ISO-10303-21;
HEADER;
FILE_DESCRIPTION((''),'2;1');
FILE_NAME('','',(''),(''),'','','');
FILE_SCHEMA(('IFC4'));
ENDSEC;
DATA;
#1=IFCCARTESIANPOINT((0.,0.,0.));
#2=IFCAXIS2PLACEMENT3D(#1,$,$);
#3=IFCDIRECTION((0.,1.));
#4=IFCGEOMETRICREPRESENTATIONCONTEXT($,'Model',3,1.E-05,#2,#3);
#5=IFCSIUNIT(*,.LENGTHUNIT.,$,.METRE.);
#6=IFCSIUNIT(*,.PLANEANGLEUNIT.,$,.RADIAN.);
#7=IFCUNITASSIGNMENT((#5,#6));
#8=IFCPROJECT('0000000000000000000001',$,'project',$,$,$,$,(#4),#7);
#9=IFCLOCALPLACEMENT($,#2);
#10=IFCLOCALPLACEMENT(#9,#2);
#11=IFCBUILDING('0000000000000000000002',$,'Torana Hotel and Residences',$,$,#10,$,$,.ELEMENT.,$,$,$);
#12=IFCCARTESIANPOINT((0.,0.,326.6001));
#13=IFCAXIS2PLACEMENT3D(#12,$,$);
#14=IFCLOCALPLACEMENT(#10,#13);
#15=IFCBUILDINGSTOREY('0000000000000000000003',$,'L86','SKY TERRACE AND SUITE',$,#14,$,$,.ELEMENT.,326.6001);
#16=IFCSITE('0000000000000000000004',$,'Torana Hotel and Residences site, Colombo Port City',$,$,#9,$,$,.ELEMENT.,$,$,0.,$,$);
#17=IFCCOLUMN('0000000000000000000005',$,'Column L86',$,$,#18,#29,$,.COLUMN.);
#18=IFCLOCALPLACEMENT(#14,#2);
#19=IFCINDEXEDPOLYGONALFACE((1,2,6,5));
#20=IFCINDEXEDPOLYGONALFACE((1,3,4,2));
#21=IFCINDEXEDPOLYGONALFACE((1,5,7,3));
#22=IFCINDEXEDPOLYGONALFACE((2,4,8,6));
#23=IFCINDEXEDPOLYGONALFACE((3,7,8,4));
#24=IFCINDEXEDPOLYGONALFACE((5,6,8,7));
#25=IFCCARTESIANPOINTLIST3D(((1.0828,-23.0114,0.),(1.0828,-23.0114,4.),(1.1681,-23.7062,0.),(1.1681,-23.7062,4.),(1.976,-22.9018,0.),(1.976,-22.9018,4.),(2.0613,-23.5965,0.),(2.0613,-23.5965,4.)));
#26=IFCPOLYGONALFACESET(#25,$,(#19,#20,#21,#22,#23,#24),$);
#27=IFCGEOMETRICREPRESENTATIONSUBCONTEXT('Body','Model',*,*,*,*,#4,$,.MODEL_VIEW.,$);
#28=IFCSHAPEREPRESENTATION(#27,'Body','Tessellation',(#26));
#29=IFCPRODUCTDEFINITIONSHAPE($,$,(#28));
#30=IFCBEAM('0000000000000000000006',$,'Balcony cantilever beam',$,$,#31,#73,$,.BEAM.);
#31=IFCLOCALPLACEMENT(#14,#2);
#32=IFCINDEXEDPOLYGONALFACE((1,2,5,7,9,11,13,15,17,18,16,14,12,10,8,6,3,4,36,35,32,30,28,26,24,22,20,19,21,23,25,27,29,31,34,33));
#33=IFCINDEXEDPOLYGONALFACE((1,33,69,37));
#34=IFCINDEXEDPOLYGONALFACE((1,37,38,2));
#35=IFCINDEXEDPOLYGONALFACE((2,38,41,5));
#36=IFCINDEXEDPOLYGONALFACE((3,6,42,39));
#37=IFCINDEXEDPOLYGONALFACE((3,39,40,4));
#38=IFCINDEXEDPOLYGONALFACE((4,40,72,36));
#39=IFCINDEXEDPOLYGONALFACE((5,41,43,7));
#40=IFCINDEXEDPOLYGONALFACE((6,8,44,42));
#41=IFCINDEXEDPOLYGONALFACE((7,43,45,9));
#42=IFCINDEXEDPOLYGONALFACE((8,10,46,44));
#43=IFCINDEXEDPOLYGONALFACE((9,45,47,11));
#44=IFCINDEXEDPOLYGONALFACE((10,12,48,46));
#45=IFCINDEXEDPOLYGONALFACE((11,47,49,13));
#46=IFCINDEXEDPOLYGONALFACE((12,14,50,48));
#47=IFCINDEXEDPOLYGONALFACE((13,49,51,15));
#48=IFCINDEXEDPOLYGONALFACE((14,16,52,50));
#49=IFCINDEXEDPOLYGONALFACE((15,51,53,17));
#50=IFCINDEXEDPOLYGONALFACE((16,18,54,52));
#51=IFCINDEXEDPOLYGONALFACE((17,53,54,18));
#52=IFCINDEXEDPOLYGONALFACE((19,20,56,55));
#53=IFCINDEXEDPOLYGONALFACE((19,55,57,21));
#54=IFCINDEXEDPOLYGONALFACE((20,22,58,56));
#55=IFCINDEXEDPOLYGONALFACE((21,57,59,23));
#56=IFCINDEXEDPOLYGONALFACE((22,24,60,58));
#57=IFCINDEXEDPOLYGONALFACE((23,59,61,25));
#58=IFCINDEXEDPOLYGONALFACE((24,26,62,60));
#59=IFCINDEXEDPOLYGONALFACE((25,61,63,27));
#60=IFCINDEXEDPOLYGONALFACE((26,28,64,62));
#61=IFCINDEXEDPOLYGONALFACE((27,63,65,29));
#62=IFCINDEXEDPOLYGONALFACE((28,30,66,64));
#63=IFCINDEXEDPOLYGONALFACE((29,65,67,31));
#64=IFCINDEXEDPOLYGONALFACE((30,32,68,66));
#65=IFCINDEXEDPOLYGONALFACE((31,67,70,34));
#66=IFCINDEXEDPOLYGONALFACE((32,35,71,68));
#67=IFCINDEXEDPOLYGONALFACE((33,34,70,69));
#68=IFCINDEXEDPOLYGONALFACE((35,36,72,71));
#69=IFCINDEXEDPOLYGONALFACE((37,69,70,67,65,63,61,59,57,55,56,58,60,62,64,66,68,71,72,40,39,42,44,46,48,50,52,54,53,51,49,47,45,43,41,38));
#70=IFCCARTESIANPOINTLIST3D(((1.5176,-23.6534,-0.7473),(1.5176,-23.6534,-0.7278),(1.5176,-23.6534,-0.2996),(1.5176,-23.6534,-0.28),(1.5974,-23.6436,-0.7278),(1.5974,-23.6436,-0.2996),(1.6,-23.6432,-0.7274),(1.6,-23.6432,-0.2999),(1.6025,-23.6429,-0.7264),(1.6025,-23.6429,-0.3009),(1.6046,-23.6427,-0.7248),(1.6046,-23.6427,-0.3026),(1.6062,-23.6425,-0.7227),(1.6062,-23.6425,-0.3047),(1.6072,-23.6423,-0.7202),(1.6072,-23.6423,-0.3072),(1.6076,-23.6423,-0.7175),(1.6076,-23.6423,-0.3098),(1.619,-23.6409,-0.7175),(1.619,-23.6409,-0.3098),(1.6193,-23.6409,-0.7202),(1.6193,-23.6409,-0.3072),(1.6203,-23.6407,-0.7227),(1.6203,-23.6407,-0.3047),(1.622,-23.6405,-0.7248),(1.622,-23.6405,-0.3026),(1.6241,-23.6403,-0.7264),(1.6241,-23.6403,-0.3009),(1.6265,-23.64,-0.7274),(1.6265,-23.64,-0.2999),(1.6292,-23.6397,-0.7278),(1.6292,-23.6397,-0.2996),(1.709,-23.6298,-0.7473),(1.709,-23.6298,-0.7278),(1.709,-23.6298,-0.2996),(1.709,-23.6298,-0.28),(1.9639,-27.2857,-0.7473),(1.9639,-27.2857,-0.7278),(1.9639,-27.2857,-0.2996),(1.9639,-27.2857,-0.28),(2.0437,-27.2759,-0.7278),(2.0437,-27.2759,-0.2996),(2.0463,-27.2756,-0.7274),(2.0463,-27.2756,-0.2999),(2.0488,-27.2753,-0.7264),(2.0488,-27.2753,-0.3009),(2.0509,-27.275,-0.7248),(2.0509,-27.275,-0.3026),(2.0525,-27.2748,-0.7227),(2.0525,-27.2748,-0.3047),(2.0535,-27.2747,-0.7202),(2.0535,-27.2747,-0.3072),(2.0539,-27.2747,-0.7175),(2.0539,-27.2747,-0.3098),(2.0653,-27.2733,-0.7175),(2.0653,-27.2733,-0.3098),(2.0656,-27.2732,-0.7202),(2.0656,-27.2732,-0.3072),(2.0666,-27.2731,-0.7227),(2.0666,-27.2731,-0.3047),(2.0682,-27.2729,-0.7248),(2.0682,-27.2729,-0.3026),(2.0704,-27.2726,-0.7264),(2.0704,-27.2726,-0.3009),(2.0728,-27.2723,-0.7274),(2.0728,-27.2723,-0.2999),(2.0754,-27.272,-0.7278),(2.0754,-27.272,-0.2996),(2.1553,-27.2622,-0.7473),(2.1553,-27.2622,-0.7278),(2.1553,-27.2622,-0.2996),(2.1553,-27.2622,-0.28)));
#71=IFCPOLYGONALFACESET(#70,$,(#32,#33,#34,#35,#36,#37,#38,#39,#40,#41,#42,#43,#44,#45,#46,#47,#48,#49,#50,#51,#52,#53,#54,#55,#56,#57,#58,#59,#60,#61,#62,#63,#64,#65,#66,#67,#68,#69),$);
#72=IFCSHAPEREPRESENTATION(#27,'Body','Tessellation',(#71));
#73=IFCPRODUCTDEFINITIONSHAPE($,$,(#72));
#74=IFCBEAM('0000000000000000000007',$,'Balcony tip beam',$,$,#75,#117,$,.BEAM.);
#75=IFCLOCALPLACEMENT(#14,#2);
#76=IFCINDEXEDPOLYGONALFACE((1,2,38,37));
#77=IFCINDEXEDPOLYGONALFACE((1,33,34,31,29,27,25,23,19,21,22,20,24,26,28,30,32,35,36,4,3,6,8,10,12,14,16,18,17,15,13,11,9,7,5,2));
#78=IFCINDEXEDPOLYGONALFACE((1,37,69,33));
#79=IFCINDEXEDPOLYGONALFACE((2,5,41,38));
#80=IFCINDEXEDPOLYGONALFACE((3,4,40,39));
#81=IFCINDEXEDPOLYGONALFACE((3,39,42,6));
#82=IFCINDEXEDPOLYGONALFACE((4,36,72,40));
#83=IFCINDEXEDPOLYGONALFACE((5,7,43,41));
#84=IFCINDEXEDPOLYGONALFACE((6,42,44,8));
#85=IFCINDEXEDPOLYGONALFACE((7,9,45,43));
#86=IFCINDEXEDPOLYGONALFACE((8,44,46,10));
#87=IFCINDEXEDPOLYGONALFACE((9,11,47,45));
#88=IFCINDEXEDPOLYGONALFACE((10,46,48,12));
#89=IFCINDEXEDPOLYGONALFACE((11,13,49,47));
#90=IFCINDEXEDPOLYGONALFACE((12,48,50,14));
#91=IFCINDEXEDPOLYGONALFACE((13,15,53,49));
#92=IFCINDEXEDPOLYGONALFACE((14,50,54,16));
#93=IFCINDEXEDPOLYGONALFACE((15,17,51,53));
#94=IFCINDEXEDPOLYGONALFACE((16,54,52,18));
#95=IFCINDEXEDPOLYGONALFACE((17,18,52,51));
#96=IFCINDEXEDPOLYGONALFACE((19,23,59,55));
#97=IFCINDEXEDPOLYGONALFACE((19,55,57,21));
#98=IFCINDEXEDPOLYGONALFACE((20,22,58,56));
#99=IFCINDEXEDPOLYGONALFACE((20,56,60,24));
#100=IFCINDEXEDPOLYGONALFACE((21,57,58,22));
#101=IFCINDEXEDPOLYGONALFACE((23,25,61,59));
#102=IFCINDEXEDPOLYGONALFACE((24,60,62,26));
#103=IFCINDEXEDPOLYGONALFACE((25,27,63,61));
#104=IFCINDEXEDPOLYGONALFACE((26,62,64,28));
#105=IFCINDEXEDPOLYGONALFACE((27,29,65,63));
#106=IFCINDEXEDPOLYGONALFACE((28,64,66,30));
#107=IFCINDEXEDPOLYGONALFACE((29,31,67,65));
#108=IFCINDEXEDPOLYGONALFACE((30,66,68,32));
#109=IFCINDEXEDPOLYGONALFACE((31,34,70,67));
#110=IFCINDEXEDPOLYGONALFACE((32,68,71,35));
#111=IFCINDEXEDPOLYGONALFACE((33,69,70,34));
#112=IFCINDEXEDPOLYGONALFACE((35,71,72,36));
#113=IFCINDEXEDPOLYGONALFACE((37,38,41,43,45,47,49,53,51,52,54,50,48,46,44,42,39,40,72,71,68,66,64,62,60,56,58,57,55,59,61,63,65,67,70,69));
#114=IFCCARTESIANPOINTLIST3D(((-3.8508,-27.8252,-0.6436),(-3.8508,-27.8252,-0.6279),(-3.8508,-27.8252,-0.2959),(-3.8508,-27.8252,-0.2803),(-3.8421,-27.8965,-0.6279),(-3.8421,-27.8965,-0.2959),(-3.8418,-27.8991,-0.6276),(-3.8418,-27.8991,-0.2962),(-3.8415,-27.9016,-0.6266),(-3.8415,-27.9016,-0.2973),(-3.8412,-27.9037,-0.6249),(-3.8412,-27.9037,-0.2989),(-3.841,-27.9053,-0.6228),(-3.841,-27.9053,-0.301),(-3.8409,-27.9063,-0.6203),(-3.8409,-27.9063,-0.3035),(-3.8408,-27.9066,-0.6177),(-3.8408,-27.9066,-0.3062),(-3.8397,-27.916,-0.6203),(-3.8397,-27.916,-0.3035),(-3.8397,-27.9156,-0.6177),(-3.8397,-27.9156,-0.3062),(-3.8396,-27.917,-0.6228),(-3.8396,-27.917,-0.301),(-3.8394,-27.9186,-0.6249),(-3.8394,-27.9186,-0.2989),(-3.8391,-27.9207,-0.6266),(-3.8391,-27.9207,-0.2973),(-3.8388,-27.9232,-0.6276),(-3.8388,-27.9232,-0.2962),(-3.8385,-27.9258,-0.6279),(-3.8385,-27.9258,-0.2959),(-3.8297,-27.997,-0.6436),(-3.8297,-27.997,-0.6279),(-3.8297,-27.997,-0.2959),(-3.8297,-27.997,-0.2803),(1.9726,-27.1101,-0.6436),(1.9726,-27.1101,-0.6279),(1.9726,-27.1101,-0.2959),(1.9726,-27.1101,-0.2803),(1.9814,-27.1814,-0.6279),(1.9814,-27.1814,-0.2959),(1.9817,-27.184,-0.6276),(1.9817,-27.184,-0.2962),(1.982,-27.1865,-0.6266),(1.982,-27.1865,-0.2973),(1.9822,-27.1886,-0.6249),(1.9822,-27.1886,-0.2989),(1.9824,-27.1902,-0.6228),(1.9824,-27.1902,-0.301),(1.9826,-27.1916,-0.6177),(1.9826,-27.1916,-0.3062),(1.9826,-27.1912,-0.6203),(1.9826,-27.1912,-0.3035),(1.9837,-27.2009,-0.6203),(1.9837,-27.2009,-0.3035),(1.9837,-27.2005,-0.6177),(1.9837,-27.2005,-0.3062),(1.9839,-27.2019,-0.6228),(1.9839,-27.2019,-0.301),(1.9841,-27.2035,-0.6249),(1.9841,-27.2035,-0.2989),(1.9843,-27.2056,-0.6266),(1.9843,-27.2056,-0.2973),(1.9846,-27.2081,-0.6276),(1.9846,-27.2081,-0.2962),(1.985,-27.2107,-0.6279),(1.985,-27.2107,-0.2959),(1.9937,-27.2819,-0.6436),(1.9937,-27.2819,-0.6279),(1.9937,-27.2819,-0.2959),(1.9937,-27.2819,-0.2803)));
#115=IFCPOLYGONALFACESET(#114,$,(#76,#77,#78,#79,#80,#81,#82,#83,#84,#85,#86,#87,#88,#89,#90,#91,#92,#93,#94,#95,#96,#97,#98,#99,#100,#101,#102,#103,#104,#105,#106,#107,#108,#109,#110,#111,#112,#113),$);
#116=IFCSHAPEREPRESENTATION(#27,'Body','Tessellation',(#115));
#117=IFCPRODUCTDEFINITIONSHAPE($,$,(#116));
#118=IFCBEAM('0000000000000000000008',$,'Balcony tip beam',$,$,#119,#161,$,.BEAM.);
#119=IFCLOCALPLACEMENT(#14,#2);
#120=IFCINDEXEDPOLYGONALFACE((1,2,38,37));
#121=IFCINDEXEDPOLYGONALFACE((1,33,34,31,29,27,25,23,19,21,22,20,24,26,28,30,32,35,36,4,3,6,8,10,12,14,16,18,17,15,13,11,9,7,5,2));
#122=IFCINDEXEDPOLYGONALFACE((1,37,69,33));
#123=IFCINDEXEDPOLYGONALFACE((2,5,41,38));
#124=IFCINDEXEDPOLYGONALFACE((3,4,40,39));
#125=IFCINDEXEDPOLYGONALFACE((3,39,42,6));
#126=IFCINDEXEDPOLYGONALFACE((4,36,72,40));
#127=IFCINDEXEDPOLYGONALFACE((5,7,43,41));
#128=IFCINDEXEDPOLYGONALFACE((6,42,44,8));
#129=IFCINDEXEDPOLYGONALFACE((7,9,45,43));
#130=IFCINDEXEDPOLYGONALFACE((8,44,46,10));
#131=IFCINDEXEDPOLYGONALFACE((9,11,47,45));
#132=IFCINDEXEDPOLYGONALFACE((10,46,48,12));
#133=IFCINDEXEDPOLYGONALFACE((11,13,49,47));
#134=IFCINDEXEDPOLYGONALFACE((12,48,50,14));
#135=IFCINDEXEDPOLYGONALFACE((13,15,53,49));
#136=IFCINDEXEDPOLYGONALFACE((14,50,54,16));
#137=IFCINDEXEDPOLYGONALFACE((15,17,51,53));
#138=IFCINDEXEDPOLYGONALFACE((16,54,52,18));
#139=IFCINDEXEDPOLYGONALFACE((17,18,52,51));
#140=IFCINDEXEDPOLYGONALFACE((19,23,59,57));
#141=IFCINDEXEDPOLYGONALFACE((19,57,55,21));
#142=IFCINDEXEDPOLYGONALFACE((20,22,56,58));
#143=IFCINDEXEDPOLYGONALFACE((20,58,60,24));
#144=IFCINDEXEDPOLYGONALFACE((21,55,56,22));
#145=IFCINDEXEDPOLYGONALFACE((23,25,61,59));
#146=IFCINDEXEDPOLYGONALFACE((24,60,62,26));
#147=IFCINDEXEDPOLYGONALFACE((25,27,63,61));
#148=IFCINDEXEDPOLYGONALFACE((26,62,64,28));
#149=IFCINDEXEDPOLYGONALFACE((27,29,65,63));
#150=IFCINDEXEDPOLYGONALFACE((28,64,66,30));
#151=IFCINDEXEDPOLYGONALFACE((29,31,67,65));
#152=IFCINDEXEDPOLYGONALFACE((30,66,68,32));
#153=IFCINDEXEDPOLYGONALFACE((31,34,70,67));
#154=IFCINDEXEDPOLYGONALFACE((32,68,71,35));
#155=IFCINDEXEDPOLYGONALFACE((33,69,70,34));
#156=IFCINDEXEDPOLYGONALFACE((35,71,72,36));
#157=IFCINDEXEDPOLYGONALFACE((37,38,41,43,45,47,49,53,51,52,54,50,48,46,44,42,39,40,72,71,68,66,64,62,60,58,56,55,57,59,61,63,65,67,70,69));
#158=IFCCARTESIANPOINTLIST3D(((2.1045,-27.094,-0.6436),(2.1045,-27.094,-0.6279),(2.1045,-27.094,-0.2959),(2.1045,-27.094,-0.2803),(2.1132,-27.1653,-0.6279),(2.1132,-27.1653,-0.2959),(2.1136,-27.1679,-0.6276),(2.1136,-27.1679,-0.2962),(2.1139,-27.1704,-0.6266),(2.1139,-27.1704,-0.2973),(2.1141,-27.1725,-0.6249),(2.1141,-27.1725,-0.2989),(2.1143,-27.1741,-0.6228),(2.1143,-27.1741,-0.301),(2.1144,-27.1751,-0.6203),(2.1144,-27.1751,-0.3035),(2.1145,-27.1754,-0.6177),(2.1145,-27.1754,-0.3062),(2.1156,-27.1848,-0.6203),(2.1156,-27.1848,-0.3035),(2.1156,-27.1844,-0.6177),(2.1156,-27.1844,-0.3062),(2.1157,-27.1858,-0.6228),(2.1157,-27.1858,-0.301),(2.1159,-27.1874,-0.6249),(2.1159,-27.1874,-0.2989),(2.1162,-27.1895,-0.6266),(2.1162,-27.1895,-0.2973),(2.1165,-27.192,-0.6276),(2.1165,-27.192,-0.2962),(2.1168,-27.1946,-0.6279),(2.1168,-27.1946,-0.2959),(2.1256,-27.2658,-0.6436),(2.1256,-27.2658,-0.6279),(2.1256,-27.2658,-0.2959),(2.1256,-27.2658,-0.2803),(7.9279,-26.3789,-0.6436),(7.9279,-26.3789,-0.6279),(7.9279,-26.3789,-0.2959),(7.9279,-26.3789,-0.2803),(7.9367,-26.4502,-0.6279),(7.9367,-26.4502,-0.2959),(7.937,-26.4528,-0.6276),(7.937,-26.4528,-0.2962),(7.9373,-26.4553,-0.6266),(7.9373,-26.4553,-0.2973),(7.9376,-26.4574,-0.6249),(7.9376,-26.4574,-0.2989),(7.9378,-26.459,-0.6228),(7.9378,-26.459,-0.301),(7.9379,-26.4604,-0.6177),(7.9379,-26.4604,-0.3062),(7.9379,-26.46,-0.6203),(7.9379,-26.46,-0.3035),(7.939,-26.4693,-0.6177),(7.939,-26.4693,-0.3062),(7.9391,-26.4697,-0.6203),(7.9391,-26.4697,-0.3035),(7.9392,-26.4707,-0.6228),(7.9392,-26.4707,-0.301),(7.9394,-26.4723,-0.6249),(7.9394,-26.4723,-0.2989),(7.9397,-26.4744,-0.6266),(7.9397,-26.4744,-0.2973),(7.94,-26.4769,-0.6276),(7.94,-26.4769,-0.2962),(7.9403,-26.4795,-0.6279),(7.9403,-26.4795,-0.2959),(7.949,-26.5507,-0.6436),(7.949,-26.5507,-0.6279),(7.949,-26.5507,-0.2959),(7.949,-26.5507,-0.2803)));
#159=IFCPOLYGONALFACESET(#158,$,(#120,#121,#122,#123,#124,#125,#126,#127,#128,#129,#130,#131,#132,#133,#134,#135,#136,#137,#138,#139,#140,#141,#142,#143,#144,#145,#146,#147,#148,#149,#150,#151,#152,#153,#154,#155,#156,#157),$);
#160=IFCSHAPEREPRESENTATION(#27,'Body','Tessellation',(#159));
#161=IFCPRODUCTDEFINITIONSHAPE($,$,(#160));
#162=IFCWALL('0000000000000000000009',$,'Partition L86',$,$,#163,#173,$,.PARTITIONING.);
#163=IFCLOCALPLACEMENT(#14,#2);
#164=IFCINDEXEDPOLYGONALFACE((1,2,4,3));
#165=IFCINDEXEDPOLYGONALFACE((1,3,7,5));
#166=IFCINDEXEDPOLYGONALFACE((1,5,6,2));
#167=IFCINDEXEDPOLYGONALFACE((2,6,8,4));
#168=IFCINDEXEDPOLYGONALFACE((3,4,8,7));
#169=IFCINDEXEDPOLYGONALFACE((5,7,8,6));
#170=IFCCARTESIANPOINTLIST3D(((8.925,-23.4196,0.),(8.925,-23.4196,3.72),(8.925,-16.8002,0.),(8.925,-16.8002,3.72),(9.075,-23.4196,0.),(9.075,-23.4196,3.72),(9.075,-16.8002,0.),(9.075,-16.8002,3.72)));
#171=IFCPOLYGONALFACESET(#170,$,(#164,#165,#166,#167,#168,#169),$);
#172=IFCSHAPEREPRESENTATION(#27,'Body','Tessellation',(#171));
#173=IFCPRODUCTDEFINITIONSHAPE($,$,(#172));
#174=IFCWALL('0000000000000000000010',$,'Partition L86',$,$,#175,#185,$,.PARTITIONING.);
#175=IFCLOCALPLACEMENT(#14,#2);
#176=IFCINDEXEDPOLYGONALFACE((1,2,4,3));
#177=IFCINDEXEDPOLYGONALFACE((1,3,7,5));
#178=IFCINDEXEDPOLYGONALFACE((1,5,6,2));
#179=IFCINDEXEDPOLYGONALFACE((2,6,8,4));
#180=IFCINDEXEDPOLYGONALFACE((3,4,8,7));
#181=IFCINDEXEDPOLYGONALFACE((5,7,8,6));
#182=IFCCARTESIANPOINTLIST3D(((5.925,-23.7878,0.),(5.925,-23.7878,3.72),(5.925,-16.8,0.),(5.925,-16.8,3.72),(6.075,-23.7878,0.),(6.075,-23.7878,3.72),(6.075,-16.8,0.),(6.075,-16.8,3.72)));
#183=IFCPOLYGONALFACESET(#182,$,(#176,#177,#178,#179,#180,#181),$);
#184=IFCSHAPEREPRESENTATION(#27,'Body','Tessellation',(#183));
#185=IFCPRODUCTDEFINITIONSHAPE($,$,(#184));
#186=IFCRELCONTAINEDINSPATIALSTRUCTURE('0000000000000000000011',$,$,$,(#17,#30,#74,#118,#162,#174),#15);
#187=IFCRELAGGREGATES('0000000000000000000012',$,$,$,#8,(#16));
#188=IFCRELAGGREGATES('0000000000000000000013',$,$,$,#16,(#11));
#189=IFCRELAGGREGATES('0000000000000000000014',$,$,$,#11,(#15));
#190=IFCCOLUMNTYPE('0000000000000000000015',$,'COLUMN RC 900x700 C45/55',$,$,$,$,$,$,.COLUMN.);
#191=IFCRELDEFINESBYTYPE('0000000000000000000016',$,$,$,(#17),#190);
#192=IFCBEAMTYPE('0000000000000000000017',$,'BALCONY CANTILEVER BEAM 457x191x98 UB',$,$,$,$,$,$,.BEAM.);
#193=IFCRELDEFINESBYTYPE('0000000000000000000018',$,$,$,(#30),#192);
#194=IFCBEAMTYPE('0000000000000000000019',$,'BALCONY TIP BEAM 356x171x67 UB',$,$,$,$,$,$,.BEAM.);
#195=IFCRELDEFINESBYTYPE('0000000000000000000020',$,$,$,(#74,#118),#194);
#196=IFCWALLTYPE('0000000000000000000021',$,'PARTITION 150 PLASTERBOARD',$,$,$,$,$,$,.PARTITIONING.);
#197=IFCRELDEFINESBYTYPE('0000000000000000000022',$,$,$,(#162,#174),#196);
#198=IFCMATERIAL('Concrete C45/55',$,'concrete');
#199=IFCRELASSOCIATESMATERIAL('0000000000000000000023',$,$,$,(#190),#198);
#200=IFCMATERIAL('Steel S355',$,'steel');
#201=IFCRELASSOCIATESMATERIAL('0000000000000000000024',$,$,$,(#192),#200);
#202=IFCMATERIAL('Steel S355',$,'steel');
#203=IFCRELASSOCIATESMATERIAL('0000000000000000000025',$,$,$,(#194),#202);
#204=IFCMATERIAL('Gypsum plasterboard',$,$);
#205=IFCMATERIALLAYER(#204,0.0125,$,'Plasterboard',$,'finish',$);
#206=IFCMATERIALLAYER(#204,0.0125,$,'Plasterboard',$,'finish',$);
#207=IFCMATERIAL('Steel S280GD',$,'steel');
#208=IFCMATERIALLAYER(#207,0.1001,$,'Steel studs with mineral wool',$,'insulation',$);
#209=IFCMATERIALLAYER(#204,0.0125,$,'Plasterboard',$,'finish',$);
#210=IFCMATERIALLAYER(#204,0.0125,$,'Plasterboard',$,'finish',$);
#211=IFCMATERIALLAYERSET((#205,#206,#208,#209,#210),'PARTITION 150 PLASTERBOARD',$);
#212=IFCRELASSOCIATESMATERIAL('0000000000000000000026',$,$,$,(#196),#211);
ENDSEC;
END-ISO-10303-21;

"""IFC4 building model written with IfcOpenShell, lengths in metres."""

from ifc_helpers import new_model, si_unit, direction, frame, frame_2d, origin, origin_2d, place, context, subcontext, project, spatial, rectangle, i_section, extrude, material, layer, layer_set, material_profile, profile_set, type_object, element, save


model = new_model("IFC4")

# Units and contexts
model_context = context("Model", 3, precision=1e-05, world=origin(), true_north=direction((0.0, 1.0)))
body_context = subcontext(model_context, "Body", "Model", "MODEL_VIEW")
ifc_project = project(units=[si_unit("LENGTHUNIT", "METRE"), si_unit("PLANEANGLEUNIT", "RADIAN")], contexts=[model_context])

# Site, building, storey
site_placement = place(None, origin())
site = spatial("IfcSite", under=ifc_project, at=site_placement, Name="Torana Hotel and Residences site, Colombo Port City", CompositionType="ELEMENT", RefElevation=0.0)
building_placement = place(site_placement, origin())
building = spatial("IfcBuilding", under=site, at=building_placement, Name="Torana Hotel and Residences", CompositionType="ELEMENT")
storey_placement = place(building_placement, frame((0.0, 0.0, 326.6001)))
storey = spatial("IfcBuildingStorey", under=building, at=storey_placement, Name="L86", Description="SKY TERRACE AND SUITE", CompositionType="ELEMENT", Elevation=326.6001)

# Column
ifc_material_1 = material(Name="Concrete C45/55", Category="concrete")
ifc_material_profile_1 = material_profile(ifc_material_1, rectangle(XDim=0.8999, YDim=0.7, at=origin_2d()), Name="RC 900x700")
ifc_profile_set_1 = profile_set([ifc_material_profile_1], Name="Concrete C45/55")
column_type = type_object("IfcColumnType", Name="COLUMN RC 900x700 C45/55", PredefinedType="COLUMN", material=ifc_profile_set_1)
column_placement = place(storey_placement, frame((1.572, -23.304, 0.0), z_axis=(0.0, 0.0, 1.0), x_axis=(0.992546, 0.121869, 0.0)))
element("IfcColumn", 1, at=column_placement, inside=storey, type_object=column_type, Name="Column L86", PredefinedType="COLUMN", context=body_context, shape_type="SweptSolid", body=[
    extrude(rectangle(XDim=0.8999, YDim=0.7, at=origin_2d()), origin(), (0.0, 0.0, 1.0), 4.0),
])

# Beams
ifc_material_2 = material(Name="Steel S355", Category="steel")
ifc_material_profile_2 = material_profile(ifc_material_2, i_section(OverallWidth=0.1929, OverallDepth=0.4673, WebThickness=0.0115, FlangeThickness=0.0195, FilletRadius=0.0103, at=origin_2d()), Name="457x191x98 UB")
ifc_profile_set_2 = profile_set([ifc_material_profile_2], Name="Steel S355")
beam_type_1 = type_object("IfcBeamType", Name="BALCONY CANTILEVER BEAM 457x191x98 UB", PredefinedType="BEAM", material=ifc_profile_set_2)
beam_placement = place(storey_placement, frame((1.6133, -23.6416, -0.5137), z_axis=(0.121949, -0.992536, 0.0), x_axis=(0.992536, 0.121949, 0.0)))
element("IfcBeam", 2, at=beam_placement, inside=storey, type_object=beam_type_1, Name="Balcony cantilever beam", PredefinedType="BEAM", context=body_context, shape_type="SweptSolid", body=[
    extrude(i_section(OverallWidth=0.1929, OverallDepth=0.4673, WebThickness=0.0115, FlangeThickness=0.0195, FilletRadius=0.0103, at=origin_2d()), origin(), (0.0, 0.0, 1.0), 3.6597),
])
ifc_material_3 = material(Name="Steel S355", Category="steel")
ifc_material_profile_3 = material_profile(ifc_material_3, i_section(OverallWidth=0.1731, OverallDepth=0.3633, WebThickness=0.009, FlangeThickness=0.0156, FilletRadius=0.0103, at=origin_2d()), Name="356x171x67 UB")
ifc_profile_set_3 = profile_set([ifc_material_profile_3], Name="Steel S355")
beam_type_2 = type_object("IfcBeamType", Name="BALCONY TIP BEAM 356x171x67 UB", PredefinedType="BEAM", material=ifc_profile_set_3)
for number, where, z_axis, x_axis, name in (
    (3, (1.9832, -27.196, -0.4619), (-0.992545, -0.121878, 0.0), (0.121878, -0.992545, 0.0), "Balcony tip beam"),
    (4, (7.9385, -26.4648, -0.4619), (-0.992545, -0.121878, 0.0), (0.121878, -0.992545, 0.0), "Balcony tip beam"),
):
    element("IfcBeam", number, at=place(storey_placement, frame(where, z_axis=z_axis, x_axis=x_axis)), inside=storey, type_object=beam_type_2, Name=name, PredefinedType="BEAM", context=body_context, shape_type="SweptSolid", body=[
        extrude(i_section(OverallWidth=0.1731, OverallDepth=0.3633, WebThickness=0.009, FlangeThickness=0.0156, FilletRadius=0.0103, at=origin_2d()), origin(), (0.0, 0.0, 1.0), 5.8672),
    ])

# Walls
ifc_material_4 = material(Name="Gypsum plasterboard")
ifc_layer_1 = layer(ifc_material_4, 0.0125, Name="Plasterboard", Category="finish")
ifc_layer_2 = layer(ifc_material_4, 0.0125, Name="Plasterboard", Category="finish")
ifc_material_5 = material(Name="Steel S280GD", Category="steel")
ifc_layer_3 = layer(ifc_material_5, 0.1001, Name="Steel studs with mineral wool", Category="insulation")
ifc_layer_4 = layer(ifc_material_4, 0.0125, Name="Plasterboard", Category="finish")
ifc_layer_5 = layer(ifc_material_4, 0.0125, Name="Plasterboard", Category="finish")
ifc_layer_set_1 = layer_set([ifc_layer_1, ifc_layer_2, ifc_layer_3, ifc_layer_4, ifc_layer_5], Name="PARTITION 150 PLASTERBOARD")
wall_type_1 = type_object("IfcWallType", Name="PARTITION 150 PLASTERBOARD", PredefinedType="PARTITIONING", material=ifc_layer_set_1)
wall_1_placement = place(storey_placement, frame((9.0, -23.4194, 0.0), z_axis=(0.0, 0.0, 1.0), x_axis=(0.0, 1.0, 0.0)))
element("IfcWall", 5, at=wall_1_placement, inside=storey, type_object=wall_type_1, Name="Partition L86", PredefinedType="PARTITIONING", context=body_context, shape_type="SweptSolid", body=[
    extrude(rectangle(XDim=6.6194, YDim=0.1499, at=frame_2d((3.3096, 0.0))), origin(), (0.0, 0.0, 1.0), 3.72),
])
wall_2_placement = place(storey_placement, frame((6.0, -23.7878, 0.0), z_axis=(0.0, 0.0, 1.0), x_axis=(0.0, 1.0, 0.0)))
element("IfcWall", 6, at=wall_2_placement, inside=storey, type_object=wall_type_1, Name="Partition L86", PredefinedType="PARTITIONING", context=body_context, shape_type="SweptSolid", body=[
    extrude(rectangle(XDim=6.9878, YDim=0.1499, at=frame_2d((3.4939, 0.0))), origin(), (0.0, 0.0, 1.0), 3.72),
])

save(model, "model.ifc")
